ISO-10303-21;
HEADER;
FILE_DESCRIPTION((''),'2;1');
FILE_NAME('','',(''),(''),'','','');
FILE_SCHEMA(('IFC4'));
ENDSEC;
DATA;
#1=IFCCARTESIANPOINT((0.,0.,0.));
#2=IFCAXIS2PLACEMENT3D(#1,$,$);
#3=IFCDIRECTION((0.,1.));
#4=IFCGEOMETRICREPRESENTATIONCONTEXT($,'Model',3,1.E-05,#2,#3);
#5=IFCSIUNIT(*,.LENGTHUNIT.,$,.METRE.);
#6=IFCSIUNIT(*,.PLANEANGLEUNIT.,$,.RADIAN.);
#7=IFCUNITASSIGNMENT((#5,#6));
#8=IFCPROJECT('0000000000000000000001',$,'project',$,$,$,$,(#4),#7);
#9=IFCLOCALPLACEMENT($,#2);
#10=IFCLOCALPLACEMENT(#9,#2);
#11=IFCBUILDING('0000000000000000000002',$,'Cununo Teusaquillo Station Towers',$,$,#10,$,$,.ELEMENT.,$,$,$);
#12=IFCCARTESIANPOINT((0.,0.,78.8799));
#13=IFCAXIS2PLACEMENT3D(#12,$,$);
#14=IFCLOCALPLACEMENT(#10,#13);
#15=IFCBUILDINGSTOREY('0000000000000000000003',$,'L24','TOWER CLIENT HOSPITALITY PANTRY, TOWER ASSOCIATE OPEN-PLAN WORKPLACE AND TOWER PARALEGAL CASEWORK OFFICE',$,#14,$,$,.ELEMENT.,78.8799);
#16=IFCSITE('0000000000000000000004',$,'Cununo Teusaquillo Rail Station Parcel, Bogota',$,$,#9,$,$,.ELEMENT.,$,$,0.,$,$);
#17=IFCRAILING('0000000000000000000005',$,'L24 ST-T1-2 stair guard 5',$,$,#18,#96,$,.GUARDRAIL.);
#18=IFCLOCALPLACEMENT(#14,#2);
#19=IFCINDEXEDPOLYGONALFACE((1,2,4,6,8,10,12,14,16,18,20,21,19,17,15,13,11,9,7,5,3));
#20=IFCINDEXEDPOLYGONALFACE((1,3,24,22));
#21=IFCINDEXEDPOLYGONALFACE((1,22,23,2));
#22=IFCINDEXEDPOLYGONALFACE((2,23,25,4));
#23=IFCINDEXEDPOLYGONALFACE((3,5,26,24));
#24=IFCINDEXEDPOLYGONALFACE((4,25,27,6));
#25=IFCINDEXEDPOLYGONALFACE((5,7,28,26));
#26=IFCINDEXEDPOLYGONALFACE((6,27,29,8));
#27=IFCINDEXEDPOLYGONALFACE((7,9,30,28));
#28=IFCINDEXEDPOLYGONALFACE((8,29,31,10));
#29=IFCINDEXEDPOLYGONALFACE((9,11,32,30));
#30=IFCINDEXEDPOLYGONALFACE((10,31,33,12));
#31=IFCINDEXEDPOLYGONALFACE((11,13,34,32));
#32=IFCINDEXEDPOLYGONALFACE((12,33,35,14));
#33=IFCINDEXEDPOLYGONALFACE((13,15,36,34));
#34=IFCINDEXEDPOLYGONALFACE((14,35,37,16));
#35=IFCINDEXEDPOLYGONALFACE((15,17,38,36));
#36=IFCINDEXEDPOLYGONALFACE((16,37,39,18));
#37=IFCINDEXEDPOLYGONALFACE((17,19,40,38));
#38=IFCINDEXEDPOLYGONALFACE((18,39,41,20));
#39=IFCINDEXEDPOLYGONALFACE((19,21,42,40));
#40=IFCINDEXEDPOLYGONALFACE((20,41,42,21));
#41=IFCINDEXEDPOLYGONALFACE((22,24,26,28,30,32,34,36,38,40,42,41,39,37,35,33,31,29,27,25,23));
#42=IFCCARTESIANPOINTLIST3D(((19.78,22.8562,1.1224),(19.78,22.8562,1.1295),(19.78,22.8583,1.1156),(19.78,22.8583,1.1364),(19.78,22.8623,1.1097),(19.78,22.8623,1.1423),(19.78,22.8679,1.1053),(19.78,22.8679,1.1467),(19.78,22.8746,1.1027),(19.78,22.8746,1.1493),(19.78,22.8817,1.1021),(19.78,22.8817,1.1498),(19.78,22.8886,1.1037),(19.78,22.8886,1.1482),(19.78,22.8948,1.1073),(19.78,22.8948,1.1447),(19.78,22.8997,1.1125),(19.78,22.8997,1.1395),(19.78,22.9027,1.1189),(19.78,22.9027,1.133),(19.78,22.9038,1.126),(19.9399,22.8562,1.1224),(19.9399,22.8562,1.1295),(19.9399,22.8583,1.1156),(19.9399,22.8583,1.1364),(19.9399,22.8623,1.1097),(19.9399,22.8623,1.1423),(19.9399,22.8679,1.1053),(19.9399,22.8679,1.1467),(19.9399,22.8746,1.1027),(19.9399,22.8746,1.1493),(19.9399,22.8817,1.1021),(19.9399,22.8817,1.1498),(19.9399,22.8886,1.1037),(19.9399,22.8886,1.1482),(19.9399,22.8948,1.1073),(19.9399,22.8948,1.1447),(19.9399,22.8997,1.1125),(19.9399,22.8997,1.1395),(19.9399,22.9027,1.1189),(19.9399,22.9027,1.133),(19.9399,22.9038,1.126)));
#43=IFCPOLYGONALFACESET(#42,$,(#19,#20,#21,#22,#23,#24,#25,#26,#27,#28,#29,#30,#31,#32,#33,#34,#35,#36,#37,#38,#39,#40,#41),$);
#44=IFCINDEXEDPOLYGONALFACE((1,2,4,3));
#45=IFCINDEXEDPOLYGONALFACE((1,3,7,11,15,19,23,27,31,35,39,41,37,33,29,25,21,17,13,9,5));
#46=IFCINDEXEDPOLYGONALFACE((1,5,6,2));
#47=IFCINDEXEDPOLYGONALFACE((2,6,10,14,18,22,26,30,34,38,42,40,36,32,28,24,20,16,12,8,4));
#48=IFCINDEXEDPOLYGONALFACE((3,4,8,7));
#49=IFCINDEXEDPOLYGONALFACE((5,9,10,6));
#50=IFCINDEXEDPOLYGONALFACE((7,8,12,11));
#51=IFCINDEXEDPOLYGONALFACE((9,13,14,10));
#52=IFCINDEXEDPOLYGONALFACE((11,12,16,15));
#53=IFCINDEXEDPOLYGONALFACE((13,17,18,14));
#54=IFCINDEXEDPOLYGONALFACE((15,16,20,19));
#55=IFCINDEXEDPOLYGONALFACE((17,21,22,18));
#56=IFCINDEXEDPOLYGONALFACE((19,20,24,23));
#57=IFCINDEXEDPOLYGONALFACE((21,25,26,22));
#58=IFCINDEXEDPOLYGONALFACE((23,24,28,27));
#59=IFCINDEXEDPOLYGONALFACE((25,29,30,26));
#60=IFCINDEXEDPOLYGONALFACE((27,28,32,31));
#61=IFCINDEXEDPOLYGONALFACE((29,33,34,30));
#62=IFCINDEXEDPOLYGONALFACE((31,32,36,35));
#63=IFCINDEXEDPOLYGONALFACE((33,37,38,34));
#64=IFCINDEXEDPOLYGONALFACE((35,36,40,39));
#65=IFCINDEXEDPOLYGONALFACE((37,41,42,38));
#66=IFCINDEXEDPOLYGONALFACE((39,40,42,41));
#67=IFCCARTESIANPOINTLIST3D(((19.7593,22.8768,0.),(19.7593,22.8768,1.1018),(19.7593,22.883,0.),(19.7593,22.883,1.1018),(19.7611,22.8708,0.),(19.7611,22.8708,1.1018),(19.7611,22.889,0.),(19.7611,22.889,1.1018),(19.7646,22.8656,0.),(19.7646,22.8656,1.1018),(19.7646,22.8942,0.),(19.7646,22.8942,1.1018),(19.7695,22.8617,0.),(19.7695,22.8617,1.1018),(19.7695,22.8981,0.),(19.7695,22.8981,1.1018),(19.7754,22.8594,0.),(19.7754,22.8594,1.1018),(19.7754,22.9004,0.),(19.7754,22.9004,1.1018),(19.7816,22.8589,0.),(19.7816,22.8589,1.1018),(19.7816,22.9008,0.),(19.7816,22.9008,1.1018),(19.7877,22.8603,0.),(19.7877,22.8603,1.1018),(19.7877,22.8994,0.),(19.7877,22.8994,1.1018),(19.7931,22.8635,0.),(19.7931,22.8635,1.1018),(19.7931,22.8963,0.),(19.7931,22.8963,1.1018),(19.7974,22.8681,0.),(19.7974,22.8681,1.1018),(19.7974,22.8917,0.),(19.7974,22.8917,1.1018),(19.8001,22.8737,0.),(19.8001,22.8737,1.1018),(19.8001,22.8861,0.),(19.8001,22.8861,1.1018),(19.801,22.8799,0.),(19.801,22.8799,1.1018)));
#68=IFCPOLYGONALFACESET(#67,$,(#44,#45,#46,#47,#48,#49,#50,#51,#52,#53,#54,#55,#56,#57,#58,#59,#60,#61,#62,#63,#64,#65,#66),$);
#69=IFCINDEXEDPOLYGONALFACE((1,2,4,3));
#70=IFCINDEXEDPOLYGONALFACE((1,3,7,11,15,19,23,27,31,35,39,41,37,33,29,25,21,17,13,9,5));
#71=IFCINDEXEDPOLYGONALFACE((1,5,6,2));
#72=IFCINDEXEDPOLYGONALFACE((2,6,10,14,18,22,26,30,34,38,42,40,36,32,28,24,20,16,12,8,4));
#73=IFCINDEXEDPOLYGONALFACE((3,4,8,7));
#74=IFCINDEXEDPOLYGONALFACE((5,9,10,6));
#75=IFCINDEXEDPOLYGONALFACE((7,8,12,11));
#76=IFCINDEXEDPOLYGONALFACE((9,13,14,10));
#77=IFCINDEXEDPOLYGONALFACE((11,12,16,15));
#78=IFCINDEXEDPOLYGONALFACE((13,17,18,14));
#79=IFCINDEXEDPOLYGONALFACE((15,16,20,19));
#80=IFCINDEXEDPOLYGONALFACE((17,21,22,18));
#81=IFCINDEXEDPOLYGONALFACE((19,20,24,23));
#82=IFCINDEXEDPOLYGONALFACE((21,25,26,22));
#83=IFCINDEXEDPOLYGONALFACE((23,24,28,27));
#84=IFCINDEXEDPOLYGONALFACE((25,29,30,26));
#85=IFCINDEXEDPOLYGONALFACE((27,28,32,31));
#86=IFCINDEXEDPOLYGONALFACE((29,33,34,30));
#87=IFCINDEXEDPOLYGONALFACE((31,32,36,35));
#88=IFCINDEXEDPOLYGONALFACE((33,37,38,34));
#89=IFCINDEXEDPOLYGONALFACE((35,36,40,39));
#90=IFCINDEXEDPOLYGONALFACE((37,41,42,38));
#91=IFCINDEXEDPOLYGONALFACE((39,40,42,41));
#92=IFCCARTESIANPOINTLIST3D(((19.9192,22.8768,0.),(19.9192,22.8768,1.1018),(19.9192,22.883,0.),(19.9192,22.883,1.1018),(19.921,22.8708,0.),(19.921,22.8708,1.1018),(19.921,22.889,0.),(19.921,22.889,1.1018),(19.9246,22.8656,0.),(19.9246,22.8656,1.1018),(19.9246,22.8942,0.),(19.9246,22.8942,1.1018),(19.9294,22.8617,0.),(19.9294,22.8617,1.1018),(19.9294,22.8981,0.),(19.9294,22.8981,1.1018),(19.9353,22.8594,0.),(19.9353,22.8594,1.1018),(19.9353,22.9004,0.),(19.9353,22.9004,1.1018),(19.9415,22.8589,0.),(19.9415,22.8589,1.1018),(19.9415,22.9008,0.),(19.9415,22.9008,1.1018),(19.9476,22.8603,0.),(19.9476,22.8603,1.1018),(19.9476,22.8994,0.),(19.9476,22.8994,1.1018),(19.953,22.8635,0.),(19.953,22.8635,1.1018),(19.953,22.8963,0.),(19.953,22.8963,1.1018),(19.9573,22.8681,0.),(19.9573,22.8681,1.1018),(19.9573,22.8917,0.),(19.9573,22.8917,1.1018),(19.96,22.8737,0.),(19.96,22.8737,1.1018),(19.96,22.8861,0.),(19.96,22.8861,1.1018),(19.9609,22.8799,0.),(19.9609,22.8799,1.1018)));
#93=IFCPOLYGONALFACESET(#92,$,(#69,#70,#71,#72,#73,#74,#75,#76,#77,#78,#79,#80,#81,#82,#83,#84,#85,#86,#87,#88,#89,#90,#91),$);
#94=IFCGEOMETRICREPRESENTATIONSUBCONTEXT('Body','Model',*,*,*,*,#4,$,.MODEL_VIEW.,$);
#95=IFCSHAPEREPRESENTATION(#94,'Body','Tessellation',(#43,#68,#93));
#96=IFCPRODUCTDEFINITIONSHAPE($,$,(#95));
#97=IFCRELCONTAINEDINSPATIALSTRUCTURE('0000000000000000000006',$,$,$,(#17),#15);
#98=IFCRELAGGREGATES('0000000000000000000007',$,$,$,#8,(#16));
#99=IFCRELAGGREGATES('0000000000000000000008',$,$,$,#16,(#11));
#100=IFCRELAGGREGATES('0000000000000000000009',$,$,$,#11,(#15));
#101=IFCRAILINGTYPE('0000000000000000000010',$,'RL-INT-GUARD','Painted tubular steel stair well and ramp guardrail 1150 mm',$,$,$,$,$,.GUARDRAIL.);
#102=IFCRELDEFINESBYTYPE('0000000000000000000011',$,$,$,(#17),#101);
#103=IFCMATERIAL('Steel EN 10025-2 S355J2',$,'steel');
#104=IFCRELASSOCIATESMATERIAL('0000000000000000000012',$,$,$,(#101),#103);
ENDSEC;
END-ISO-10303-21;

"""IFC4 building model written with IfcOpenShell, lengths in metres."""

from ifc_helpers import new_model, si_unit, direction, frame, origin, origin_2d, place, context, subcontext, project, spatial, circle, extrude, material, type_object, element, save


model = new_model("IFC4")

# Units and contexts
model_context = context("Model", 3, precision=1e-05, world=origin(), true_north=direction((0.0, 1.0)))
body_context = subcontext(model_context, "Body", "Model", "MODEL_VIEW")
ifc_project = project(units=[si_unit("LENGTHUNIT", "METRE"), si_unit("PLANEANGLEUNIT", "RADIAN")], contexts=[model_context])

# Site, building, storey
site_placement = place(None, origin())
site = spatial("IfcSite", under=ifc_project, at=site_placement, Name="Cununo Teusaquillo Rail Station Parcel, Bogota", CompositionType="ELEMENT", RefElevation=0.0)
building_placement = place(site_placement, origin())
building = spatial("IfcBuilding", under=site, at=building_placement, Name="Cununo Teusaquillo Station Towers", CompositionType="ELEMENT")
storey_placement = place(building_placement, frame((0.0, 0.0, 78.8799)))
storey = spatial("IfcBuildingStorey", under=building, at=storey_placement, Name="L24", Description="TOWER CLIENT HOSPITALITY PANTRY, TOWER ASSOCIATE OPEN-PLAN WORKPLACE AND TOWER PARALEGAL CASEWORK OFFICE", CompositionType="ELEMENT", Elevation=78.8799)

# Railing
ifc_material_1 = material(Name="Steel EN 10025-2 S355J2", Category="steel")
railing_type_1 = type_object("IfcRailingType", Name="RL-INT-GUARD", Description="Painted tubular steel stair well and ramp guardrail 1150 mm", PredefinedType="GUARDRAIL", material=ifc_material_1)
railing_1_placement = place(storey_placement, frame((19.78, 22.8799, 0.0)))
element("IfcRailing", 1, at=railing_1_placement, inside=storey, type_object=railing_type_1, Name="L24 ST-T1-2 stair guard 5", PredefinedType="GUARDRAIL", context=body_context, shape_type="SweptSolid", body=[
    extrude(circle(Radius=0.0239, at=origin_2d()), frame((0.0, 0.0, 1.126), z_axis=(1.0, 0.0, 0.0), x_axis=(0.0, 1.0, 0.0)), (0.0, 0.0, 1.0), 0.1599),
    extrude(circle(Radius=0.021, at=origin_2d()), origin(), (0.0, 0.0, 1.0), 1.1018),
    extrude(circle(Radius=0.021, at=origin_2d()), frame((0.1599, 0.0, 0.0)), (0.0, 0.0, 1.0), 1.1018),
])

save(model, "model.ifc")
